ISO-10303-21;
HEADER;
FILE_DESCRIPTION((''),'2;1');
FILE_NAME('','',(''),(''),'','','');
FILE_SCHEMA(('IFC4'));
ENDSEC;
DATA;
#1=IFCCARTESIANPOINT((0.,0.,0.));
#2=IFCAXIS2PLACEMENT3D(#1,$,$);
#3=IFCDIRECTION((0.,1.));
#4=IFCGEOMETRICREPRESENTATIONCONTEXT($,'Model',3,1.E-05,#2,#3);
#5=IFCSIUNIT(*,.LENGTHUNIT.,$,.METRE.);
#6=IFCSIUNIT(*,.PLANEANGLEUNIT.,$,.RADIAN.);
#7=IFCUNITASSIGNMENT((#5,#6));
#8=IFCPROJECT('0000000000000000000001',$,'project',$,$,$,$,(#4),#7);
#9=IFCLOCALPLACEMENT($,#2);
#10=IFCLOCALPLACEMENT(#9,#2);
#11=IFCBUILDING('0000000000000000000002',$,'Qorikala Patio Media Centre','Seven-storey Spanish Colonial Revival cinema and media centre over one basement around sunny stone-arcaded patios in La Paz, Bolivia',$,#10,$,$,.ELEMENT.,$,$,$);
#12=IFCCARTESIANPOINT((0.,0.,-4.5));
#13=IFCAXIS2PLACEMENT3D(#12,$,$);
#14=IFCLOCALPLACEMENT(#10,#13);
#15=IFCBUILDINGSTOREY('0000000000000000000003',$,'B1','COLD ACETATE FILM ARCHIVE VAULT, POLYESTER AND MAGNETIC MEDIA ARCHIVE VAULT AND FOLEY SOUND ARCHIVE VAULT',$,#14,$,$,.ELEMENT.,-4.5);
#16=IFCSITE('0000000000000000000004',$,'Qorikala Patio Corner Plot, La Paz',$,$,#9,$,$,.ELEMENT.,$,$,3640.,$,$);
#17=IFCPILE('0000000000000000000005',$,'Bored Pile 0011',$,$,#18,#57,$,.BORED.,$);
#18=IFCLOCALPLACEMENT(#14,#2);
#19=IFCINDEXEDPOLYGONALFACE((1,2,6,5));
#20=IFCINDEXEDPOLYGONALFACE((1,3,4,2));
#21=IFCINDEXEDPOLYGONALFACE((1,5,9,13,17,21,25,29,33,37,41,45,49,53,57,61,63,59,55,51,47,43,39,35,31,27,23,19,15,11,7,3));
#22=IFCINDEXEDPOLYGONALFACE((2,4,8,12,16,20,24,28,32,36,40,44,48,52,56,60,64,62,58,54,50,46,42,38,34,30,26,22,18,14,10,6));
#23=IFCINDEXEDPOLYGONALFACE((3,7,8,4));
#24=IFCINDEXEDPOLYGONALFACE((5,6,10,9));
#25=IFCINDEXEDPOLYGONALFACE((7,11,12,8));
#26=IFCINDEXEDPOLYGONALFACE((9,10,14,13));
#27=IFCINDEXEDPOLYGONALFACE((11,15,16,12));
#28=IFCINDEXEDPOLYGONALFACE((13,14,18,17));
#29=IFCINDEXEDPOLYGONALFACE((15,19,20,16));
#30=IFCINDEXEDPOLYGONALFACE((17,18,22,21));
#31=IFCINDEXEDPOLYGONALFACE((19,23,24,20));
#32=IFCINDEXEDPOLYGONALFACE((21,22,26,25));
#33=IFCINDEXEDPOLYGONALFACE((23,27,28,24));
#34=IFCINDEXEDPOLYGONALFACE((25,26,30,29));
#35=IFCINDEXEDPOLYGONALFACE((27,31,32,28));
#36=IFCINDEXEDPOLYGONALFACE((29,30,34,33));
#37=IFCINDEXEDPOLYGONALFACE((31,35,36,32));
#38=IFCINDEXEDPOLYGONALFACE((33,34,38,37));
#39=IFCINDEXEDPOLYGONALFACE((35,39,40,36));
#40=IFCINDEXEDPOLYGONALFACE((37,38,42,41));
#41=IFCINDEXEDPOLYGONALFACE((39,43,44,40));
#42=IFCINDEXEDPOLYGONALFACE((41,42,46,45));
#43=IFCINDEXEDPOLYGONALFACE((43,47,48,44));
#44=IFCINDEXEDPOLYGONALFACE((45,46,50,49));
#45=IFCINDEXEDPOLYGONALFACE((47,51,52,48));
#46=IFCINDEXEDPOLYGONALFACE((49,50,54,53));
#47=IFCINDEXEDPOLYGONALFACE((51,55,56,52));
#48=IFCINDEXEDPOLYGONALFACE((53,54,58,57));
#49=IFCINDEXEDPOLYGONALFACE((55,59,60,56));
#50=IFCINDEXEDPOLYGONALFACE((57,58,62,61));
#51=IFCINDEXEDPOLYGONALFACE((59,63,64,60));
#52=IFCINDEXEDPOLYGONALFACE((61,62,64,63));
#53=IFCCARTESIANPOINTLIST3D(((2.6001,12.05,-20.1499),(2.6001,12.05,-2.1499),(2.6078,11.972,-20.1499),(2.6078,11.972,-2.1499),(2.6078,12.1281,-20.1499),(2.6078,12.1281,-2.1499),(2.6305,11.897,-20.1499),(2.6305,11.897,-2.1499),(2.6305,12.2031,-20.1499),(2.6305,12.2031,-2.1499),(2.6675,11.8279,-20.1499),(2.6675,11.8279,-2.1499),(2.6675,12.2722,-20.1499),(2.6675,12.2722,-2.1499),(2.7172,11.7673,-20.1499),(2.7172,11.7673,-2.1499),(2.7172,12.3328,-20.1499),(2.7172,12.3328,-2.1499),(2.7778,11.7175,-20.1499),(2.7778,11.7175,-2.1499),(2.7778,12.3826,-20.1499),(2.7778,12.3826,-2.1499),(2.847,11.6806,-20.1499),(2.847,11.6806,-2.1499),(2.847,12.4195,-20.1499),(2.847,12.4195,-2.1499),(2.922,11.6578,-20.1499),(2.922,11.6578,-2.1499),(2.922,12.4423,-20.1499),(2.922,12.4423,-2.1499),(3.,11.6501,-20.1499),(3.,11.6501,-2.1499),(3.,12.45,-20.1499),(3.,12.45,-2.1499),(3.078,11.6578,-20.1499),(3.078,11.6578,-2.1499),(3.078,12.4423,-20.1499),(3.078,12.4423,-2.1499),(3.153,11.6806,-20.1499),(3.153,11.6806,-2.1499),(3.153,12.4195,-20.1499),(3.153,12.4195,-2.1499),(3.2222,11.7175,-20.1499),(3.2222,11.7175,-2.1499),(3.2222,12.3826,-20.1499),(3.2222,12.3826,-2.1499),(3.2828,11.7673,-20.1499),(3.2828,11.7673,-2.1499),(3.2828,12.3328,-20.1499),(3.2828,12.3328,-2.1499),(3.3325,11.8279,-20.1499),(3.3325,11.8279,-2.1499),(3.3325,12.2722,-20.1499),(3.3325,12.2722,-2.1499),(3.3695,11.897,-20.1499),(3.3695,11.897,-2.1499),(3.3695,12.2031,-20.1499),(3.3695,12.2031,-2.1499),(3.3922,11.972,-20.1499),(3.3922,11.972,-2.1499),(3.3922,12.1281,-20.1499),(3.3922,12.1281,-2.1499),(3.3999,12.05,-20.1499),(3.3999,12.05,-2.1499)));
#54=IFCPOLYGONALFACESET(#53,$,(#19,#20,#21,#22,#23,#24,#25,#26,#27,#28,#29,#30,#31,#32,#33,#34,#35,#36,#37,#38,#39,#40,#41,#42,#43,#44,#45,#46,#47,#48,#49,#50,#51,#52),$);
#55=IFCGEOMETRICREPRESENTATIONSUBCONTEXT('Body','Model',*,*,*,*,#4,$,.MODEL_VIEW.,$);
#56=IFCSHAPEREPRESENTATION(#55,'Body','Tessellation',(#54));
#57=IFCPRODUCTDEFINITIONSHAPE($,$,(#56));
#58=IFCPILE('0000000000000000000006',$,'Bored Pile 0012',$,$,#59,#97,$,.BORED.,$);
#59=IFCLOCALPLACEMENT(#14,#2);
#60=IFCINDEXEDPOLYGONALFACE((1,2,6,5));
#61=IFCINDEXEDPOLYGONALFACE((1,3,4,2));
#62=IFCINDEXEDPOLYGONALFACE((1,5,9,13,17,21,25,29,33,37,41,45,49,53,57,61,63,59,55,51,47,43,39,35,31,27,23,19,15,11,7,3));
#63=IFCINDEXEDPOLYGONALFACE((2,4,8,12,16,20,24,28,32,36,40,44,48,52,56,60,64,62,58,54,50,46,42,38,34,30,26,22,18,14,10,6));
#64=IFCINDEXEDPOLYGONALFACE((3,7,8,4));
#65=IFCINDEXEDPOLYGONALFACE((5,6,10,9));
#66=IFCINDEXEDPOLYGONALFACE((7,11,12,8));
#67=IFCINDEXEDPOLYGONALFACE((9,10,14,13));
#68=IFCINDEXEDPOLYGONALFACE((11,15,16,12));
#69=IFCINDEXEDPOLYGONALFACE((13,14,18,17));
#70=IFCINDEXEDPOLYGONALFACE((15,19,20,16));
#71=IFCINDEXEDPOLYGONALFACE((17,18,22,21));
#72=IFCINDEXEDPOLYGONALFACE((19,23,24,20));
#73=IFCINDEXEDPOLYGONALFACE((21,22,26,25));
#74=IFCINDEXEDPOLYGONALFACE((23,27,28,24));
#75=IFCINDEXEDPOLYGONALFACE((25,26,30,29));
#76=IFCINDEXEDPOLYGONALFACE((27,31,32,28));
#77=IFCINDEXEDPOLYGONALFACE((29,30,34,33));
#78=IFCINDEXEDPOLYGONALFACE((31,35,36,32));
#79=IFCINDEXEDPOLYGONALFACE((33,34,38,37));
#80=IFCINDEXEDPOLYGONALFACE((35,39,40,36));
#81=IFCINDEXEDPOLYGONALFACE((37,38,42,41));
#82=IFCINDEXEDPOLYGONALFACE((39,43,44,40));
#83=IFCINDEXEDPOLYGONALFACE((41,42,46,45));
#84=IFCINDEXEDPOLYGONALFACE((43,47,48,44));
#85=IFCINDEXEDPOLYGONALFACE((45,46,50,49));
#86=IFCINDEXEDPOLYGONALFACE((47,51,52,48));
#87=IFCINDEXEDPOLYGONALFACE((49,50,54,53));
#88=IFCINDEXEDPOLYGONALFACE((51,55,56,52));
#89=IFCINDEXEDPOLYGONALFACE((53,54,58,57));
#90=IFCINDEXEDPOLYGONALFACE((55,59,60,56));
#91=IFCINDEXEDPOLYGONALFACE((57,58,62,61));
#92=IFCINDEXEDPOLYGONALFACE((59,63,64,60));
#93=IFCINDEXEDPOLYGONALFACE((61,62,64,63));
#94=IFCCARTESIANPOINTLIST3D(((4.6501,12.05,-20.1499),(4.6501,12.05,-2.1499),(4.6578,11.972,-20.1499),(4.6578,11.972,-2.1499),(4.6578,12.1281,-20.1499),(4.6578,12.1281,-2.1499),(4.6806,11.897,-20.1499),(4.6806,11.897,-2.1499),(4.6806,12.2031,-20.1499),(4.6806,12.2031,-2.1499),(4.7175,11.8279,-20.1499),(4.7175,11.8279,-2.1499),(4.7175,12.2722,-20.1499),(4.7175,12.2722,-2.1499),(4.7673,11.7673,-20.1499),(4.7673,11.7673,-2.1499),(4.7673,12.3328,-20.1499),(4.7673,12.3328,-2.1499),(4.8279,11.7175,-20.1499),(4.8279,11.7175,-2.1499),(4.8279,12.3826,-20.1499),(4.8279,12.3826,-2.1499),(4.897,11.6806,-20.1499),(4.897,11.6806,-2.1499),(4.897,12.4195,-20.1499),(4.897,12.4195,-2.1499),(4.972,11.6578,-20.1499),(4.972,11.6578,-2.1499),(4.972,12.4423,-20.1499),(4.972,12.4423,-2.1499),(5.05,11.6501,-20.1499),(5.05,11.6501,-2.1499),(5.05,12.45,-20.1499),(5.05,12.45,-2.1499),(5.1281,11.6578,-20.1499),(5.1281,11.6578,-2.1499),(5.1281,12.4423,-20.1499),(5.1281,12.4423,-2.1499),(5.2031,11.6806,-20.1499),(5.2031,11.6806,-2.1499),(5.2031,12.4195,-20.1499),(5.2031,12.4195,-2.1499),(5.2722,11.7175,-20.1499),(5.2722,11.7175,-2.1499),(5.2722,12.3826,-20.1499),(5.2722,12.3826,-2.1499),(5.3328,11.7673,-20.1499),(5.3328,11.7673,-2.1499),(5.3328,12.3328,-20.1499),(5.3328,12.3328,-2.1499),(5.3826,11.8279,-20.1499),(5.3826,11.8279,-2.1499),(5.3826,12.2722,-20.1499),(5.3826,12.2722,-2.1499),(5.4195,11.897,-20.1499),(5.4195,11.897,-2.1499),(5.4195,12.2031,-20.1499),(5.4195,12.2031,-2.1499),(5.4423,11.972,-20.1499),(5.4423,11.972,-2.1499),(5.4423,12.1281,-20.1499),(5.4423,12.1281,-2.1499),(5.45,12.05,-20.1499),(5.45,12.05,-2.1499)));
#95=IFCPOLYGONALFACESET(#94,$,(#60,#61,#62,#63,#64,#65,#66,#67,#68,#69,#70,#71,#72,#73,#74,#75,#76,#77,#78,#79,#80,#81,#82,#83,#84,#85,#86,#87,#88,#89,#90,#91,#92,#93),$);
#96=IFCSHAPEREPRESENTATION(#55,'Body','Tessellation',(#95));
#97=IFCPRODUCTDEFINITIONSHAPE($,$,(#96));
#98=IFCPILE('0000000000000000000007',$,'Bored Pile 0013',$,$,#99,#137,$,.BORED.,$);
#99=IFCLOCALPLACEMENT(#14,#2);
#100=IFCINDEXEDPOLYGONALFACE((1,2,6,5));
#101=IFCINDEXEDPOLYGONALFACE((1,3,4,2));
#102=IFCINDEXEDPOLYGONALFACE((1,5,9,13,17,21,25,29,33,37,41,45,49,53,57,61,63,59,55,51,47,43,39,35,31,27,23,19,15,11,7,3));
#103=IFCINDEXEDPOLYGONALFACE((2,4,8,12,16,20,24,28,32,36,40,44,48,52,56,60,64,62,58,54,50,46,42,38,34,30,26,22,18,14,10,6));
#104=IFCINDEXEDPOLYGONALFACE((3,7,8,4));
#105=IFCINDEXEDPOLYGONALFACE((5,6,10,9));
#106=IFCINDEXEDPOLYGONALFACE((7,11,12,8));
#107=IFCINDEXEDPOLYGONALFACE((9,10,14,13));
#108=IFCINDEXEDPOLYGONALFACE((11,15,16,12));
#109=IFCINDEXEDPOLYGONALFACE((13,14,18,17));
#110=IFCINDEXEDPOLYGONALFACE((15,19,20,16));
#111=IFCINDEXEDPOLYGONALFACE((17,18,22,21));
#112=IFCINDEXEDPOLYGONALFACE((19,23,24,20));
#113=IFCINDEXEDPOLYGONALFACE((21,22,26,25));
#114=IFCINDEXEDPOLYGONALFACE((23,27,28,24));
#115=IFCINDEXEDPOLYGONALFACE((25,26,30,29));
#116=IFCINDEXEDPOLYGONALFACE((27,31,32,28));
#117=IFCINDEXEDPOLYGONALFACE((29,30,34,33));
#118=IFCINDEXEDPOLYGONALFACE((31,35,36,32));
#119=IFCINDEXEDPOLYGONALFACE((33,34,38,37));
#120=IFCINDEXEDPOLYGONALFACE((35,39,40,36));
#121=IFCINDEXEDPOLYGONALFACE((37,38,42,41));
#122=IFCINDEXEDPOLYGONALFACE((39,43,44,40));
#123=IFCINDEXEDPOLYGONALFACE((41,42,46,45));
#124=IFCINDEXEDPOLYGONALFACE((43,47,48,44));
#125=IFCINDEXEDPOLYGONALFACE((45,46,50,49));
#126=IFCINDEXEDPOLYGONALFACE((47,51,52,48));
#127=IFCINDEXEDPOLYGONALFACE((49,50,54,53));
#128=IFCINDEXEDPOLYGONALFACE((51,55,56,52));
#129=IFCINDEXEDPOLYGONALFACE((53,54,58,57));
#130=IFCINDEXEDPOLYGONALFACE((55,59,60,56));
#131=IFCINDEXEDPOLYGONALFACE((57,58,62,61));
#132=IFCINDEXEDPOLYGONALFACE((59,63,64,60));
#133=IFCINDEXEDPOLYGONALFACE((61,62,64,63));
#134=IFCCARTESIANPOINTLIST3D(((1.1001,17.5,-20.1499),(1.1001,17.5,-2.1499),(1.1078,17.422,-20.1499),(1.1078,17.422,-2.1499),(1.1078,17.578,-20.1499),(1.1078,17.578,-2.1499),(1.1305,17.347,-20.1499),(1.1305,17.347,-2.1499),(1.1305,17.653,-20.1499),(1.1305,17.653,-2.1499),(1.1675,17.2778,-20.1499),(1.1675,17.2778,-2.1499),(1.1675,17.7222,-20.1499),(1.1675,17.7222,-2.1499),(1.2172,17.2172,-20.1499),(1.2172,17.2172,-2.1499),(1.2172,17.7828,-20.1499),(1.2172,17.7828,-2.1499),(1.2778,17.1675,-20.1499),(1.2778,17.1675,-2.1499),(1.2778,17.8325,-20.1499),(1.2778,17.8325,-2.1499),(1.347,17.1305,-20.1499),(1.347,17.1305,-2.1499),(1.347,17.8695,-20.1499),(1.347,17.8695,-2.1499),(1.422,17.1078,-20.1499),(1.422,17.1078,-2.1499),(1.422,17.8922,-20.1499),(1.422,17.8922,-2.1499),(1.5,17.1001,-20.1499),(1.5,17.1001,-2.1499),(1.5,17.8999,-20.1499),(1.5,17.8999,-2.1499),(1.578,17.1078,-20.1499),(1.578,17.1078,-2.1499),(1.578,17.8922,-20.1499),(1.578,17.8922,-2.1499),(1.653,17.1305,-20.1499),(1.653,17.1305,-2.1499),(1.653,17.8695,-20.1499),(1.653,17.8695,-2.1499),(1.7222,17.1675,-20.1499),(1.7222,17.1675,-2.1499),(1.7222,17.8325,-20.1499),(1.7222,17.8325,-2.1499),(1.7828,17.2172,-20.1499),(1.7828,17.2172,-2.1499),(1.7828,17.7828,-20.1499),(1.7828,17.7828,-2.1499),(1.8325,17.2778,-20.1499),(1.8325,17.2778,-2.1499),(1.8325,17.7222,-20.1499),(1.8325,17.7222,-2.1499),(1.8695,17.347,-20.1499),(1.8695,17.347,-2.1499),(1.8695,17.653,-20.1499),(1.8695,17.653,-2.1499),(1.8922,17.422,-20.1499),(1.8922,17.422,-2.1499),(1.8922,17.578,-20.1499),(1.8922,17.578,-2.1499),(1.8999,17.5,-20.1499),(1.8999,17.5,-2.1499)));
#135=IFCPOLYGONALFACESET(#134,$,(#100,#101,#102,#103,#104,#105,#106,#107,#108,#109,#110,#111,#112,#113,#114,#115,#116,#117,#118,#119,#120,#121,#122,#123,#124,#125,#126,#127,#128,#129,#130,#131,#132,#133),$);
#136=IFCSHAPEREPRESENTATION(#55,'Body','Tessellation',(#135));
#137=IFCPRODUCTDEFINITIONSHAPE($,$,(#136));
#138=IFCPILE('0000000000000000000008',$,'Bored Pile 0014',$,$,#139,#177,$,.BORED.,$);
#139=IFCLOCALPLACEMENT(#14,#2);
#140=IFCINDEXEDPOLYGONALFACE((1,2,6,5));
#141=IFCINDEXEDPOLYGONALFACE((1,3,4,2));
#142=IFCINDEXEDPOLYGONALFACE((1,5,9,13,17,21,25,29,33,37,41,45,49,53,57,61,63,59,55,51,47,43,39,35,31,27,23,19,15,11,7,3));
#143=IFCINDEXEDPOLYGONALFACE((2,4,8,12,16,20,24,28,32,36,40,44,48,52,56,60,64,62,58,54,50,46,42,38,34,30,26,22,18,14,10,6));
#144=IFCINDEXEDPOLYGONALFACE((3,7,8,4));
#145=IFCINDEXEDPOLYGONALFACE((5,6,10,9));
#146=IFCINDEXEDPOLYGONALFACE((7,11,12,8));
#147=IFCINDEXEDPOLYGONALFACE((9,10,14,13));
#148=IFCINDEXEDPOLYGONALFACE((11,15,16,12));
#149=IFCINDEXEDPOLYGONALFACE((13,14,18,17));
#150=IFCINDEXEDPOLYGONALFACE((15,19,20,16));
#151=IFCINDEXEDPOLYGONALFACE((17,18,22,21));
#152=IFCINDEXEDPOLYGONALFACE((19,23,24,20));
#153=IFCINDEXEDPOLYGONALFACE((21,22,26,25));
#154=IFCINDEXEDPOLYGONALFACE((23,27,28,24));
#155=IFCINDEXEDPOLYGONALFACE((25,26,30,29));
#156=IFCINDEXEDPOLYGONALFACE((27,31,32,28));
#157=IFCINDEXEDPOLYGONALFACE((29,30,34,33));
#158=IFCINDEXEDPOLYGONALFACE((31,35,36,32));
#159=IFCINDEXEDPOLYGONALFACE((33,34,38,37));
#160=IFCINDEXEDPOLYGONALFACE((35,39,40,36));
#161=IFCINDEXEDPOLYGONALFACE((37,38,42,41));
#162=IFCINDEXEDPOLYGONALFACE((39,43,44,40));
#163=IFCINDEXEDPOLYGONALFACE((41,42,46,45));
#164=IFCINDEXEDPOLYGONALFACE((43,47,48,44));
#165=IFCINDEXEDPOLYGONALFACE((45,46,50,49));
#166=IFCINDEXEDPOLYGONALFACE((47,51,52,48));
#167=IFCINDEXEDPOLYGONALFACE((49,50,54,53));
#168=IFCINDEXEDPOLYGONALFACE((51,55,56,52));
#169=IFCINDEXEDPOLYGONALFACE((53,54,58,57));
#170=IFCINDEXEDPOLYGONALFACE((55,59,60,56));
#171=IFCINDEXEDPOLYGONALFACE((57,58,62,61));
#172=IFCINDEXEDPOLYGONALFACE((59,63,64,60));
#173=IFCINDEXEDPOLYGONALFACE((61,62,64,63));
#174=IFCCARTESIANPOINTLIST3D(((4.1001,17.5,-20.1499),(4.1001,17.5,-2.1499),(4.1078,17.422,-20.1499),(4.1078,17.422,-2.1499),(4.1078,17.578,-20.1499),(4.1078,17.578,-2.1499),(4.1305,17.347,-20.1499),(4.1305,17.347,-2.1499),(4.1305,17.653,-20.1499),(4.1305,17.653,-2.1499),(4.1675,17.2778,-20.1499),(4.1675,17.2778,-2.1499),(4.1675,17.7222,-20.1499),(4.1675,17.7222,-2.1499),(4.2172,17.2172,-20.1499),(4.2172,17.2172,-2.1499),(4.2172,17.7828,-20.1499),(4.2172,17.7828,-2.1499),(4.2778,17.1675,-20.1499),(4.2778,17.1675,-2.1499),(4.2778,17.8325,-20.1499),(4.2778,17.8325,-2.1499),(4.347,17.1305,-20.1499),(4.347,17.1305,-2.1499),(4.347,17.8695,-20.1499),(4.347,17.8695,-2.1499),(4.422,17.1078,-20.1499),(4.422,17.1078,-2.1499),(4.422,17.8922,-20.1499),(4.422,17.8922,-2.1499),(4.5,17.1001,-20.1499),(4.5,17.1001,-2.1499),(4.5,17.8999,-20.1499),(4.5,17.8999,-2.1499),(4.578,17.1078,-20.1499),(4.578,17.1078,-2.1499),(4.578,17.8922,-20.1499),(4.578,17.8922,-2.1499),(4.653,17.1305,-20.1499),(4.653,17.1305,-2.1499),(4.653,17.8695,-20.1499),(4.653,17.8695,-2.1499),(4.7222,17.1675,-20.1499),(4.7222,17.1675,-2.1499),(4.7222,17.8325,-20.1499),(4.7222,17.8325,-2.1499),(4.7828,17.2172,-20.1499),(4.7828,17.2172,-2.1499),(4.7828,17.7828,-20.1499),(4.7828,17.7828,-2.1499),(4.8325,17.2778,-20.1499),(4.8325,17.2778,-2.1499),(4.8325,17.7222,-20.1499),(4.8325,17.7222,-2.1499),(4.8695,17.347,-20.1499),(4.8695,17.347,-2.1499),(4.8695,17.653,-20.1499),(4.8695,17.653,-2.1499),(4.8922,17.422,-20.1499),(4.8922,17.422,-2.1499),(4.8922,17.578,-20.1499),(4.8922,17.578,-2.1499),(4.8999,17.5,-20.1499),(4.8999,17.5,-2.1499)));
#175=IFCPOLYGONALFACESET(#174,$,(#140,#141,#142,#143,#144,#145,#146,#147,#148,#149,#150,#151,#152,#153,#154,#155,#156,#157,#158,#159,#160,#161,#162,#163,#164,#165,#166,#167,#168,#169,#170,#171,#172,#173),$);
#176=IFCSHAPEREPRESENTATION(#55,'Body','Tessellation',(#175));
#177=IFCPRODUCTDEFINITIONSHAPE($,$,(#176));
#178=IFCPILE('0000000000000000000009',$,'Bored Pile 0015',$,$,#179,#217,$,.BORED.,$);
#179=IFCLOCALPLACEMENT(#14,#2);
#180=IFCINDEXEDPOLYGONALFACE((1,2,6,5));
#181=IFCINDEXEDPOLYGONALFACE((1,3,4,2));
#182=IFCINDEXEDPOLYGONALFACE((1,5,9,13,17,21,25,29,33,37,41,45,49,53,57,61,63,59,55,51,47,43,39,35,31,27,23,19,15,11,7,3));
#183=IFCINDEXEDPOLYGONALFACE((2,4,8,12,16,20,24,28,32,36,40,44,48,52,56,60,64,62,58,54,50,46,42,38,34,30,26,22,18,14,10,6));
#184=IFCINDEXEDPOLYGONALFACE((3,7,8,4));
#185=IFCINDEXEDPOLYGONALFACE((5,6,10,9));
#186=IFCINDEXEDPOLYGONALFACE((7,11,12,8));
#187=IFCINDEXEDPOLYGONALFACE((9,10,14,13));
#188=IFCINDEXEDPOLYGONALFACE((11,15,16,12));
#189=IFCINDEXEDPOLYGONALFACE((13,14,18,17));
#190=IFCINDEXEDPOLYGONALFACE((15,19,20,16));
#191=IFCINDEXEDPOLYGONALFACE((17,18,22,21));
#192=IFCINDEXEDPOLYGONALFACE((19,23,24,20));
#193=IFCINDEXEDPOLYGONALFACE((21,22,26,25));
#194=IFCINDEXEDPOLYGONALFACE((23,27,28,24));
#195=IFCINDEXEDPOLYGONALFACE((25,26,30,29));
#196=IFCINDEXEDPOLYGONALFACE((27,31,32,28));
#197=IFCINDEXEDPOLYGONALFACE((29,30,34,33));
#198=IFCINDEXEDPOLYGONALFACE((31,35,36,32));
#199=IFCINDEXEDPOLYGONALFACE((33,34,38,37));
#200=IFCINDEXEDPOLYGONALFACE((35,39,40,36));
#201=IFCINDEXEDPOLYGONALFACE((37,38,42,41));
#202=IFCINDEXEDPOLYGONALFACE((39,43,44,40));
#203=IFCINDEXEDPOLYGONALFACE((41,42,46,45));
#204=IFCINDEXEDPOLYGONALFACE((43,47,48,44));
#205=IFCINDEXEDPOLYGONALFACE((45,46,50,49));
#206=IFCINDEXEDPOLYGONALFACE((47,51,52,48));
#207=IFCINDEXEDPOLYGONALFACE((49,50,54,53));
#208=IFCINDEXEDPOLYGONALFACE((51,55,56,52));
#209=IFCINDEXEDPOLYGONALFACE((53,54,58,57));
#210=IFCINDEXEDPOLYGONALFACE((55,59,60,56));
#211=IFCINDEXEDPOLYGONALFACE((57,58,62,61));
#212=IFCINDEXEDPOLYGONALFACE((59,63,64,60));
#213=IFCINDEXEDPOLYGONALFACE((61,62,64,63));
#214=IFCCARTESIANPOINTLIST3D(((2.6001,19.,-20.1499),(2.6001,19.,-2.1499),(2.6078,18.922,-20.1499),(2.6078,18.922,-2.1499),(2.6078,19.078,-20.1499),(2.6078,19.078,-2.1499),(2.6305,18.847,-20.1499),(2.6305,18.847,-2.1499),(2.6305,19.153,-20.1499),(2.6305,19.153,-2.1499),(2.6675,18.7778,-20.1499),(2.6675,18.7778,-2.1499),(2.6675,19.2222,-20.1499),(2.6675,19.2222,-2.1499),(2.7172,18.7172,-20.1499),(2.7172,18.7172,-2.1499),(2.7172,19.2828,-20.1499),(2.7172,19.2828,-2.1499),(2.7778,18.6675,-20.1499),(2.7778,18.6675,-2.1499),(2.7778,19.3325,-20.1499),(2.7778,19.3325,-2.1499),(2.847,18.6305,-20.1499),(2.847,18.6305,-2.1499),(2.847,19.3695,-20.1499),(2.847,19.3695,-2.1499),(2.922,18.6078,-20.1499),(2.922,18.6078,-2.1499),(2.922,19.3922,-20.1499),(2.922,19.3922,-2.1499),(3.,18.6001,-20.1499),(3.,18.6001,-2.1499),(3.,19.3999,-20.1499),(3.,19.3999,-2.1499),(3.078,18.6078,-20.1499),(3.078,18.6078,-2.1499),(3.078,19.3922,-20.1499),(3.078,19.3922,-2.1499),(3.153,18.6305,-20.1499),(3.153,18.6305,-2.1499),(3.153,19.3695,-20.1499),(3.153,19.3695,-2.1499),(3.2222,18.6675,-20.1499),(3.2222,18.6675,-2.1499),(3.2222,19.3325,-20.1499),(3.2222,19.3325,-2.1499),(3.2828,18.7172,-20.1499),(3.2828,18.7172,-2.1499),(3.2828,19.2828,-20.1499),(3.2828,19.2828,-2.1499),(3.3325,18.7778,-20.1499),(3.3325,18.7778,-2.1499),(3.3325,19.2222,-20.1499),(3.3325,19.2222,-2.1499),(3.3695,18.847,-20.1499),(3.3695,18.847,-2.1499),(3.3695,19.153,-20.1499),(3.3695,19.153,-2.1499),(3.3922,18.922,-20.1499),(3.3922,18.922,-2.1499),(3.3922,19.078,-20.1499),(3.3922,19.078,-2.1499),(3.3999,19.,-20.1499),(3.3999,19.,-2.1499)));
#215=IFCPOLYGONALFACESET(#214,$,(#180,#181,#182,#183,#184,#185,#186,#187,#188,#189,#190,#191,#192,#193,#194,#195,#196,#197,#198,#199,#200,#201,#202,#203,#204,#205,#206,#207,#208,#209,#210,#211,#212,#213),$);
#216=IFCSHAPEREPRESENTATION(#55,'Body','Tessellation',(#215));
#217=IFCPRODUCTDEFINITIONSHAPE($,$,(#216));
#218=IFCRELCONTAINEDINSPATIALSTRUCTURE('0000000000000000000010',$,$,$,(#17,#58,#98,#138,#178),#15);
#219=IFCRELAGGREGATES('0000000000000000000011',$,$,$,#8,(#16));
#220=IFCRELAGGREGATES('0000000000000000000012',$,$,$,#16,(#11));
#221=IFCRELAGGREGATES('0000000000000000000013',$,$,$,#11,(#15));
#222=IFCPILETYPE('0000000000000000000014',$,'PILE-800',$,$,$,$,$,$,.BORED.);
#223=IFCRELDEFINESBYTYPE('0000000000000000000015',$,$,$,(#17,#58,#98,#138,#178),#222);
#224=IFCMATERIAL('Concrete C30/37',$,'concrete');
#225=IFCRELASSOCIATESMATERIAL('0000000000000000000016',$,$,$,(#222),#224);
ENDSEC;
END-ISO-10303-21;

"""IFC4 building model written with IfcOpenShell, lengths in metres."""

from ifc_helpers import new_model, si_unit, direction, frame, origin, origin_2d, place, context, subcontext, project, spatial, circle, extrude, material, material_profile, profile_set, type_object, element, save


model = new_model("IFC4")

# Units and contexts
model_context = context("Model", 3, precision=1e-05, world=origin(), true_north=direction((0.0, 1.0)))
body_context = subcontext(model_context, "Body", "Model", "MODEL_VIEW")
ifc_project = project(units=[si_unit("LENGTHUNIT", "METRE"), si_unit("PLANEANGLEUNIT", "RADIAN")], contexts=[model_context])

# Site, building, storey
site_placement = place(None, origin())
site = spatial("IfcSite", under=ifc_project, at=site_placement, Name="Qorikala Patio Corner Plot, La Paz", CompositionType="ELEMENT", RefElevation=3640.0)
building_placement = place(site_placement, origin())
building = spatial("IfcBuilding", under=site, at=building_placement, Name="Qorikala Patio Media Centre", Description="Seven-storey Spanish Colonial Revival cinema and media centre over one basement around sunny stone-arcaded patios in La Paz, Bolivia", CompositionType="ELEMENT")
storey_placement = place(building_placement, frame((0.0, 0.0, -4.5)))
storey = spatial("IfcBuildingStorey", under=building, at=storey_placement, Name="B1", Description="COLD ACETATE FILM ARCHIVE VAULT, POLYESTER AND MAGNETIC MEDIA ARCHIVE VAULT AND FOLEY SOUND ARCHIVE VAULT", CompositionType="ELEMENT", Elevation=-4.5)

# Shared definitions
ifc_material_1 = material(Name="Concrete C30/37", Category="concrete")

# Piles
ifc_material_profile_1 = material_profile(ifc_material_1, circle(Radius=0.3999, at=origin_2d()), Name="BORED PILE 800")
ifc_profile_set_1 = profile_set([ifc_material_profile_1], Name="Concrete C30/37")
pile_type = type_object("IfcPileType", Name="PILE-800", PredefinedType="BORED", material=ifc_profile_set_1)
for number, where, z_axis, x_axis, name in (
    (1, (3.0, 12.05, -2.1499), (0.0, 0.0, -1.0), (1.0, 0.0, 0.0), "Bored Pile 0011"),
    (2, (5.05, 12.05, -2.1499), (0.0, 0.0, -1.0), (1.0, 0.0, 0.0), "Bored Pile 0012"),
    (3, (1.5, 17.5, -2.1499), (0.0, 0.0, -1.0), (1.0, 0.0, 0.0), "Bored Pile 0013"),
    (4, (4.5, 17.5, -2.1499), (0.0, 0.0, -1.0), (1.0, 0.0, 0.0), "Bored Pile 0014"),
    (5, (3.0, 19.0, -2.1499), (0.0, 0.0, -1.0), (1.0, 0.0, 0.0), "Bored Pile 0015"),
):
    element("IfcPile", number, at=place(storey_placement, frame(where, z_axis=z_axis, x_axis=x_axis)), inside=storey, type_object=pile_type, Name=name, PredefinedType="BORED", context=body_context, shape_type="SweptSolid", body=[
        extrude(circle(Radius=0.3999, at=origin_2d()), origin(), (0.0, 0.0, 1.0), 18.0),
    ])

save(model, "model.ifc")
